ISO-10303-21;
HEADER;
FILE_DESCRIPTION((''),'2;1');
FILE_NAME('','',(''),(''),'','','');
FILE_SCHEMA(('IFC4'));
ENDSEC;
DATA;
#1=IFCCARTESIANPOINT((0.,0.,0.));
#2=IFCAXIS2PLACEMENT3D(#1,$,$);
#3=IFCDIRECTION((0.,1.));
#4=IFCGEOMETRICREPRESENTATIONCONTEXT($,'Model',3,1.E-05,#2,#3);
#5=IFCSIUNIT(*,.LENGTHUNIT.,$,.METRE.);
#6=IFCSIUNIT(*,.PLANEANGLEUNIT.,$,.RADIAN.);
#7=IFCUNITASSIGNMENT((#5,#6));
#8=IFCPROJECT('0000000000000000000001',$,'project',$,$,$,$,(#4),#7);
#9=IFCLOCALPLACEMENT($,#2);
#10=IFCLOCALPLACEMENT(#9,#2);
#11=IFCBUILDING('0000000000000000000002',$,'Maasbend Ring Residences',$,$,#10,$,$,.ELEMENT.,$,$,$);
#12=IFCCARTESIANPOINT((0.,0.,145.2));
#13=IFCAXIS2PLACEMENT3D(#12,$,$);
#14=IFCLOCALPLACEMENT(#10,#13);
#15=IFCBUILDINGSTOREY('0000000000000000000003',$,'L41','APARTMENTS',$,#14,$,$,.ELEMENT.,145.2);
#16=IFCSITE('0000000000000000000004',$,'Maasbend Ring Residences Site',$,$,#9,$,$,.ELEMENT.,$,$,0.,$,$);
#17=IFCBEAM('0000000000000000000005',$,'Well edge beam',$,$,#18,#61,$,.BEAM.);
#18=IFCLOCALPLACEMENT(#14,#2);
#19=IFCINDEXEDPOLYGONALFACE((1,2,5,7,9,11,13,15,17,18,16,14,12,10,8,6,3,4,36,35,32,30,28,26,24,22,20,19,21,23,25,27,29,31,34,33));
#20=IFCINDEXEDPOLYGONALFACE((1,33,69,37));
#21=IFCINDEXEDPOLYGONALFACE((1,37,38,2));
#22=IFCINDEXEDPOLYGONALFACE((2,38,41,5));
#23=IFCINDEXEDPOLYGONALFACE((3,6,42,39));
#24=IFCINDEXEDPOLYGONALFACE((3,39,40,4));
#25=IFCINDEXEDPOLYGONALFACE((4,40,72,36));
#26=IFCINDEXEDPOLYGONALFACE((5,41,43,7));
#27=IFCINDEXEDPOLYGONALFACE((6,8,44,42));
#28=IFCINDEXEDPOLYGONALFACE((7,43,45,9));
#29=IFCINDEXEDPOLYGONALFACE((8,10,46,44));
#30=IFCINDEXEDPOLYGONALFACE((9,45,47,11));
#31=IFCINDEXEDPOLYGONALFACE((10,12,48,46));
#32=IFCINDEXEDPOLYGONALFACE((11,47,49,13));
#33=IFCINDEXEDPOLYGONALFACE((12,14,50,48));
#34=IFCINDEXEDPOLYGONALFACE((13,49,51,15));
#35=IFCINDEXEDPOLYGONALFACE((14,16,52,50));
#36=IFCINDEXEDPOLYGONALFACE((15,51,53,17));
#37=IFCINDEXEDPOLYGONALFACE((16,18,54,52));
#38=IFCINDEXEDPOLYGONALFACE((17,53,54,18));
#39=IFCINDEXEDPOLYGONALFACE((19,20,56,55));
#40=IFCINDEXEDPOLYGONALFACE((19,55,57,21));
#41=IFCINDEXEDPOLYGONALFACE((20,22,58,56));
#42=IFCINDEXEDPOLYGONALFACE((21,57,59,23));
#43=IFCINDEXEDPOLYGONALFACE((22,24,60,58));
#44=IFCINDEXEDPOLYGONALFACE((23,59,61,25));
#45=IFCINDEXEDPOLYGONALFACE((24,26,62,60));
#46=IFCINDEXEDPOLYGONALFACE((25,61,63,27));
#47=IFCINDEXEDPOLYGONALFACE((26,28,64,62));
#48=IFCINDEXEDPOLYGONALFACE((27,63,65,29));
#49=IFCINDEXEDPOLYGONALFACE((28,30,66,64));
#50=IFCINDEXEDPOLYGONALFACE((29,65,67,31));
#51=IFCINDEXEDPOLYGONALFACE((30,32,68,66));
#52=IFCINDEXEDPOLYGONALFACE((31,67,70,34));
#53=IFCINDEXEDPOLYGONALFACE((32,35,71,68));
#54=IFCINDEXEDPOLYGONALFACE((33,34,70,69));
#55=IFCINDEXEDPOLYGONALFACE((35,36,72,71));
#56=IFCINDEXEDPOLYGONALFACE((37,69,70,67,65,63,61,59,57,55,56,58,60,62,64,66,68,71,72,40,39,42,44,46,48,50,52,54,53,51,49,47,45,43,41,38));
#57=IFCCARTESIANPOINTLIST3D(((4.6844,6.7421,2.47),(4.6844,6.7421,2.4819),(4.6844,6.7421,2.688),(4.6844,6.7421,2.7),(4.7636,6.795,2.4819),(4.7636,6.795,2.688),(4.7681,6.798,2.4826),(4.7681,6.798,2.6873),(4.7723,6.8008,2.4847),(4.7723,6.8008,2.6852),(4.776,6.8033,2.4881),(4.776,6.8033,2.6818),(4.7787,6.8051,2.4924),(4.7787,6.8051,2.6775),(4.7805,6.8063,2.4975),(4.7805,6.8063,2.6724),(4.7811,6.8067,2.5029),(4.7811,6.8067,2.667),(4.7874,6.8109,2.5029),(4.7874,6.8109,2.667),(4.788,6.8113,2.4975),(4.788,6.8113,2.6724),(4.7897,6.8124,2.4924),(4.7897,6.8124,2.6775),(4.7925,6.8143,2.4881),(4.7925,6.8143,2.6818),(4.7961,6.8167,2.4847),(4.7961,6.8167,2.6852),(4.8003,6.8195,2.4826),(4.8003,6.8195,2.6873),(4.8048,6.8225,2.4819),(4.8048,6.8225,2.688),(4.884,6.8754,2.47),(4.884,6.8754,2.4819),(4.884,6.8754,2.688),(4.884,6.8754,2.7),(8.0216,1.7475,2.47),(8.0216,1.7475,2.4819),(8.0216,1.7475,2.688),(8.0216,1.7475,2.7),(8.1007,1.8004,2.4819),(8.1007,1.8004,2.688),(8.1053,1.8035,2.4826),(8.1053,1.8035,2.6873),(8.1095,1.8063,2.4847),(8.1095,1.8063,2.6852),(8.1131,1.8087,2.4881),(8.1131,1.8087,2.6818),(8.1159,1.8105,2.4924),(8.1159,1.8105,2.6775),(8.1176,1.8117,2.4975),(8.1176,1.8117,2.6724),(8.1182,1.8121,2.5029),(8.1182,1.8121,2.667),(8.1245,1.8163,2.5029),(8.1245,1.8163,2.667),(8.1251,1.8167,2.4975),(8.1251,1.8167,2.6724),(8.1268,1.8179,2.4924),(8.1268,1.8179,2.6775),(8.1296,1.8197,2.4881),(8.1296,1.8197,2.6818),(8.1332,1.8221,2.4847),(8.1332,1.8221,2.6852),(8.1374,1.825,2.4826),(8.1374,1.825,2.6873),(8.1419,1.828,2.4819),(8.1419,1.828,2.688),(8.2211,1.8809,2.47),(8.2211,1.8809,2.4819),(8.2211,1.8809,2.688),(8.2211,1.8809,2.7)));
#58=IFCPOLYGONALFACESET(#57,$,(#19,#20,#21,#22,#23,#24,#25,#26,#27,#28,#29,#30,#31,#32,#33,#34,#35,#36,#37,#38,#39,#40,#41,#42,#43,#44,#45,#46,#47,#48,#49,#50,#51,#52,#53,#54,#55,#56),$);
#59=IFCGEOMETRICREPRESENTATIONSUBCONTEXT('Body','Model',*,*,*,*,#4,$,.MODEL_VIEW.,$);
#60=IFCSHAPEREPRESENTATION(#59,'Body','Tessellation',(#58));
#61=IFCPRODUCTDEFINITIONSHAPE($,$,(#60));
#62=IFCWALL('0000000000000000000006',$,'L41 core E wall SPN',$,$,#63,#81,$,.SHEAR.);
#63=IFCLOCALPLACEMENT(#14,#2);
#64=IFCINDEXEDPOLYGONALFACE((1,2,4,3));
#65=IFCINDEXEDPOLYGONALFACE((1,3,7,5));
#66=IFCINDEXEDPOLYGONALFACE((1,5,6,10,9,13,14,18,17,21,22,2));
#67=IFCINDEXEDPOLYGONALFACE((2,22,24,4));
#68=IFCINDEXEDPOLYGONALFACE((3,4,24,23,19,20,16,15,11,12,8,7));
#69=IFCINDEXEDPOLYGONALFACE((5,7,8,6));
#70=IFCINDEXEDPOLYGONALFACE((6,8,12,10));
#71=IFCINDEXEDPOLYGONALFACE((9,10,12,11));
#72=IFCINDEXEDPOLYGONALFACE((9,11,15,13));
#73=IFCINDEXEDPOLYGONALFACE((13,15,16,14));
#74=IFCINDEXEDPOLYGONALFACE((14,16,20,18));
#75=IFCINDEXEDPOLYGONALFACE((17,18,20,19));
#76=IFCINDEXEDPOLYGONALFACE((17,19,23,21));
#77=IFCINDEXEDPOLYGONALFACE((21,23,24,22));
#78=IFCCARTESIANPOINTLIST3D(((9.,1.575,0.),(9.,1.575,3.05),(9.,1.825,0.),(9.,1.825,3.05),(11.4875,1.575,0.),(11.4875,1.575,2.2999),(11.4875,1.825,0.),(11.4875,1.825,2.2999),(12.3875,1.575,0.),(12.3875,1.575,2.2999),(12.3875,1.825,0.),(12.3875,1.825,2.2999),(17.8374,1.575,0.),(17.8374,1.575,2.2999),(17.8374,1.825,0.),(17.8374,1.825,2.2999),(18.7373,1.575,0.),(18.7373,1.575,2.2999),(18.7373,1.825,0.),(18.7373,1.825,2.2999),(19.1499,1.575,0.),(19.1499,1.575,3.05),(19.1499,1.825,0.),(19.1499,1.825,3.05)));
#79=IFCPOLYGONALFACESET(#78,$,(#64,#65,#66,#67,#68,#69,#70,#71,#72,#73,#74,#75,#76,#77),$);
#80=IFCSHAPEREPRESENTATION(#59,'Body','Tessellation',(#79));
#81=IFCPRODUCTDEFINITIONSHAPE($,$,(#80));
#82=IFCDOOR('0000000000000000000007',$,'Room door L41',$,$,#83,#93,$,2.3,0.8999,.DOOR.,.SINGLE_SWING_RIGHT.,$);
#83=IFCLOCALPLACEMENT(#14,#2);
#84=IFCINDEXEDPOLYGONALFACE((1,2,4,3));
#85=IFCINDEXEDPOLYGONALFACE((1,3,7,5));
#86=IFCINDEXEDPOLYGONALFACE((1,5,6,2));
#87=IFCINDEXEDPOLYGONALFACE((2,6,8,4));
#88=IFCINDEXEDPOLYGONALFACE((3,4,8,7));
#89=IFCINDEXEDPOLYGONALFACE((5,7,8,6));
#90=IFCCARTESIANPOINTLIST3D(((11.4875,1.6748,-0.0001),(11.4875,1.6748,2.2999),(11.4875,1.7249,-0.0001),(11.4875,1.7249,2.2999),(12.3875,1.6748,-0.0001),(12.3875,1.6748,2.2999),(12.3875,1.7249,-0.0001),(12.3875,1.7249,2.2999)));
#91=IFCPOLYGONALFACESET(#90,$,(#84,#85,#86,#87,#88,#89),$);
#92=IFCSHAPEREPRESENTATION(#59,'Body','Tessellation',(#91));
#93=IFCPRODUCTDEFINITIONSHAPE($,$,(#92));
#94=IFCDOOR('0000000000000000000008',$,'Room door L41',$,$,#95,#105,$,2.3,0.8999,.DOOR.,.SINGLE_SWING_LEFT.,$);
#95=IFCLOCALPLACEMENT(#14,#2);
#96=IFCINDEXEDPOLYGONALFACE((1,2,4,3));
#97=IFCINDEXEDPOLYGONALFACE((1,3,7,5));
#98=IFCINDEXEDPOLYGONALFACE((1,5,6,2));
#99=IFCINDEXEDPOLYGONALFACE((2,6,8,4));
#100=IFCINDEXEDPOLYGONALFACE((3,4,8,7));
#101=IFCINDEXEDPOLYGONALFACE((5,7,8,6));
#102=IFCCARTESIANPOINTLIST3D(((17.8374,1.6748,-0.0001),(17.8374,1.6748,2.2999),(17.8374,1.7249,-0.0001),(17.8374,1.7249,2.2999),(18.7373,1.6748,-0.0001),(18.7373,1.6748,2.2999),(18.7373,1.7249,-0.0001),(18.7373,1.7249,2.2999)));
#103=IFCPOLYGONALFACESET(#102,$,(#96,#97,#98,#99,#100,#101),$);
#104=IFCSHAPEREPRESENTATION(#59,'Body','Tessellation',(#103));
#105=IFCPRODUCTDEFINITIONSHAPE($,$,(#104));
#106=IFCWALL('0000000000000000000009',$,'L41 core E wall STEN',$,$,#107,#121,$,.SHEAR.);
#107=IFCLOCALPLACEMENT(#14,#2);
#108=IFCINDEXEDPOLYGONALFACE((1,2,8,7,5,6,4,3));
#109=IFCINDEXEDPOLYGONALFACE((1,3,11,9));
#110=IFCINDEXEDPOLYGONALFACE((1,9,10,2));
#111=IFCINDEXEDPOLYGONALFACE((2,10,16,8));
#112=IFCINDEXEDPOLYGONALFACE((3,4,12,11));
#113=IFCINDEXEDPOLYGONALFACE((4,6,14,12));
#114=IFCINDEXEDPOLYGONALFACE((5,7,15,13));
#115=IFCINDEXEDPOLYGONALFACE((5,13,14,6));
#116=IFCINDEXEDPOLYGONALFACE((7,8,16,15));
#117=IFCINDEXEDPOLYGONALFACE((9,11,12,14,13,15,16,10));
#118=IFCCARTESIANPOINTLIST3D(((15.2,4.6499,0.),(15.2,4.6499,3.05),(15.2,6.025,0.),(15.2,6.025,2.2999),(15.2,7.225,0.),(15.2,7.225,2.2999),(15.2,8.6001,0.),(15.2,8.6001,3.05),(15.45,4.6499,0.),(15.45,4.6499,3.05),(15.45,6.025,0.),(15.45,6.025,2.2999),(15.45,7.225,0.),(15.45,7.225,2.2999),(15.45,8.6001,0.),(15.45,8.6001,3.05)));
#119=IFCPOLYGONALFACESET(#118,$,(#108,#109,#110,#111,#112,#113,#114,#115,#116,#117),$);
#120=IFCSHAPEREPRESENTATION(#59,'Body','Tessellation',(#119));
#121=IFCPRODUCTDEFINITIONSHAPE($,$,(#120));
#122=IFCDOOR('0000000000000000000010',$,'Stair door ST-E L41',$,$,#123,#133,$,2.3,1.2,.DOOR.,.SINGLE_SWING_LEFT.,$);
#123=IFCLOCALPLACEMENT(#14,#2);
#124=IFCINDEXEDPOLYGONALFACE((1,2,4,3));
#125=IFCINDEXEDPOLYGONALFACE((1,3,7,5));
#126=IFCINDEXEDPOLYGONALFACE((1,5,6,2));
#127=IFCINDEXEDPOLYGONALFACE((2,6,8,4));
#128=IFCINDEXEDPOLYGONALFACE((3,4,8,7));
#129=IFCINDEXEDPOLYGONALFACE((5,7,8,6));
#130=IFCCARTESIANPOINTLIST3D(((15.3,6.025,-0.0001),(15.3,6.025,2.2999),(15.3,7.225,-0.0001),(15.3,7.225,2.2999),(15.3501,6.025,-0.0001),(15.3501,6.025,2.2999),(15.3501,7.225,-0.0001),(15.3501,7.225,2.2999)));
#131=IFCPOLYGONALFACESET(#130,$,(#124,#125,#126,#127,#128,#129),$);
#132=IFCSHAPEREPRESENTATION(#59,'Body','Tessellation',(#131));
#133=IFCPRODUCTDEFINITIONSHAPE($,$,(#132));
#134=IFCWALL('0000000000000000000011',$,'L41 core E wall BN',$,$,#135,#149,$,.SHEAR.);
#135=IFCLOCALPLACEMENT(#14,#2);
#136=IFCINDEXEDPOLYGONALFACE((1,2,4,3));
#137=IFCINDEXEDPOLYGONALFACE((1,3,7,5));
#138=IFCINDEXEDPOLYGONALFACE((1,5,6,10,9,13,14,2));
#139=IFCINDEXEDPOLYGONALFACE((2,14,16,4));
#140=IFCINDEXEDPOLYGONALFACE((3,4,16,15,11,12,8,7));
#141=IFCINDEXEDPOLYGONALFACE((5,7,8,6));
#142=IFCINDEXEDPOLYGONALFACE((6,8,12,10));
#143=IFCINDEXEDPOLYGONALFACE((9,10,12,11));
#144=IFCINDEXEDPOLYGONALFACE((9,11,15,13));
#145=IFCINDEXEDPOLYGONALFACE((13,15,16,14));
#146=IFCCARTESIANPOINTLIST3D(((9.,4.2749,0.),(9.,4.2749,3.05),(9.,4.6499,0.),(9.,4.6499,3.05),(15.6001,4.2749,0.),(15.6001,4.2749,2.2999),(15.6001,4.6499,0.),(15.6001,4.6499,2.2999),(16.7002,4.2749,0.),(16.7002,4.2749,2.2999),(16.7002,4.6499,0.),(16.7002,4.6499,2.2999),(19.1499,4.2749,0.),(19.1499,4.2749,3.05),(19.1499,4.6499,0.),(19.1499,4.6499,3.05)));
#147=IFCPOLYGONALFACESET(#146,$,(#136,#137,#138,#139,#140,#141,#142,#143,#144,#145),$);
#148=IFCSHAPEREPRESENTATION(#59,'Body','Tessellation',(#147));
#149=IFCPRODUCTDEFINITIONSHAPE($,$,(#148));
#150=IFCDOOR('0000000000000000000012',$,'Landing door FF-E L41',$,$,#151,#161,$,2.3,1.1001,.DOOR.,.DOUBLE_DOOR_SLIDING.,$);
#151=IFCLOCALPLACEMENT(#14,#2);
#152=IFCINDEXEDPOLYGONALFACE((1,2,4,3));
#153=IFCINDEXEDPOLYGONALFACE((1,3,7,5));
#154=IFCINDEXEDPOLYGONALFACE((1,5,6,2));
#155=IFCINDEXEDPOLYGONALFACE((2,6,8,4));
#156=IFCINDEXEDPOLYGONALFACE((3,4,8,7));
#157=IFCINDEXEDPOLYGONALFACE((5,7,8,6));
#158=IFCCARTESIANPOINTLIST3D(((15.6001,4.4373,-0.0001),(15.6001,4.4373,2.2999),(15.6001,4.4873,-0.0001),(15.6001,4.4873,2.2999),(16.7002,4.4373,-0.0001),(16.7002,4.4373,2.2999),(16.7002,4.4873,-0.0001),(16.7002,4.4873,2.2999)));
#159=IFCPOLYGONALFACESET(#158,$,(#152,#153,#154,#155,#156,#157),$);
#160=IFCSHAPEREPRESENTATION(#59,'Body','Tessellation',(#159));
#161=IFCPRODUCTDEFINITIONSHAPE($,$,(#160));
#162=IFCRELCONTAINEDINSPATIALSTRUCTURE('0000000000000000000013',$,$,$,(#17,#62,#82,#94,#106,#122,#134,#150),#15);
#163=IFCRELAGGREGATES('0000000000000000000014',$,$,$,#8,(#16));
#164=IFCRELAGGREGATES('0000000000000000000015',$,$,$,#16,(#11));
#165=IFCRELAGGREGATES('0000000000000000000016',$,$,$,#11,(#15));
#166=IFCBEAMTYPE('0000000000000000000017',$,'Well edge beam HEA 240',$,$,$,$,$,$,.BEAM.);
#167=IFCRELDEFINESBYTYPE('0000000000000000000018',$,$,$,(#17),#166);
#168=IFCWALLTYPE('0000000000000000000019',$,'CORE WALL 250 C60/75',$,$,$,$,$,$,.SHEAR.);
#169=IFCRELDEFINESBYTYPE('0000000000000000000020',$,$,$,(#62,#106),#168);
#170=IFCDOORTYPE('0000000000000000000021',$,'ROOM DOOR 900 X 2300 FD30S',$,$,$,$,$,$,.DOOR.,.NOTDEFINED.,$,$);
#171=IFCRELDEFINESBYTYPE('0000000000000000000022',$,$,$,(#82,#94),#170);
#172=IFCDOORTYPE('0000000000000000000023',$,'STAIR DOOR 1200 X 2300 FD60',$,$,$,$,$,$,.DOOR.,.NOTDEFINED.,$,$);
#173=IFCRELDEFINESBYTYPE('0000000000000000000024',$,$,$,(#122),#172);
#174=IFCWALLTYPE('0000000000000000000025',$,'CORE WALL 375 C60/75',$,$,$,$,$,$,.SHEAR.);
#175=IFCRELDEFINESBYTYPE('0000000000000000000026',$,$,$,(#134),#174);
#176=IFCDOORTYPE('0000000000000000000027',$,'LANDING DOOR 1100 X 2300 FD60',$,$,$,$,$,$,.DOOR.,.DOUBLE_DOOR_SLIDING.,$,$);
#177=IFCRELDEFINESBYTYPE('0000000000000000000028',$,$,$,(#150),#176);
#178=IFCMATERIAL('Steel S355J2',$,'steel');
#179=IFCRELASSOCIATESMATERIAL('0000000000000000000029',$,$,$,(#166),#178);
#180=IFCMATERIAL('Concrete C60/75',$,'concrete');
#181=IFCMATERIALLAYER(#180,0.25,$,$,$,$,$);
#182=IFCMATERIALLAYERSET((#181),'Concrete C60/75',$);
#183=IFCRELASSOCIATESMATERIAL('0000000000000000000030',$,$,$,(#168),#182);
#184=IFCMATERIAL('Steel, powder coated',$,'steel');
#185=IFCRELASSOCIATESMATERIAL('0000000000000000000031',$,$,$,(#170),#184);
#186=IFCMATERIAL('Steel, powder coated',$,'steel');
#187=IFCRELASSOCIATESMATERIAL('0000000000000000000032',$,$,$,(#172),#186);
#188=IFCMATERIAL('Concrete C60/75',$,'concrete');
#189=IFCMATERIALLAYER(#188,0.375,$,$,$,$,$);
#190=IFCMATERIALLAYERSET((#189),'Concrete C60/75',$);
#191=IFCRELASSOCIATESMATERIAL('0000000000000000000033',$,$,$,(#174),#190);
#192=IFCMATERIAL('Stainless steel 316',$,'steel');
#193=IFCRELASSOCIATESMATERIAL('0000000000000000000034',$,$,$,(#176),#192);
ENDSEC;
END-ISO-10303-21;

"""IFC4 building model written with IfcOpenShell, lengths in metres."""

from ifc_helpers import new_model, si_unit, direction, frame, frame_2d, origin, origin_2d, place, context, subcontext, project, spatial, rectangle, i_section, extrude, material, layer, layer_set, material_profile, profile_set, type_object, element, fill, save


model = new_model("IFC4")

# Units and contexts
model_context = context("Model", 3, precision=1e-05, world=origin(), true_north=direction((0.0, 1.0)))
body_context = subcontext(model_context, "Body", "Model", "MODEL_VIEW")
ifc_project = project(units=[si_unit("LENGTHUNIT", "METRE"), si_unit("PLANEANGLEUNIT", "RADIAN")], contexts=[model_context])

# Site, building, storey
site_placement = place(None, origin())
site = spatial("IfcSite", under=ifc_project, at=site_placement, Name="Maasbend Ring Residences Site", CompositionType="ELEMENT", RefElevation=0.0)
building_placement = place(site_placement, origin())
building = spatial("IfcBuilding", under=site, at=building_placement, Name="Maasbend Ring Residences", CompositionType="ELEMENT")
storey_placement = place(building_placement, frame((0.0, 0.0, 145.2)))
storey = spatial("IfcBuildingStorey", under=building, at=storey_placement, Name="L41", Description="APARTMENTS", CompositionType="ELEMENT", Elevation=145.2)

# Beam
ifc_material_1 = material(Name="Steel S355J2", Category="steel")
ifc_material_profile_1 = material_profile(ifc_material_1, i_section(OverallWidth=0.24, OverallDepth=0.23, WebThickness=0.0076, FlangeThickness=0.012, FilletRadius=0.021, at=origin_2d()), Name="HEA 240")
ifc_profile_set_1 = profile_set([ifc_material_profile_1], Name="Steel S355J2")
beam_type_1 = type_object("IfcBeamType", Name="Well edge beam HEA 240", PredefinedType="BEAM", material=ifc_profile_set_1)
beam_1_placement = place(storey_placement, frame((8.1213, 1.8142, 2.585), z_axis=(-0.555553, 0.831481, 0.0), x_axis=(-0.831481, -0.555553, 0.0)))
element("IfcBeam", 1, at=beam_1_placement, inside=storey, type_object=beam_type_1, Name="Well edge beam", PredefinedType="BEAM", context=body_context, shape_type="SweptSolid", body=[
    extrude(i_section(OverallWidth=0.24, OverallDepth=0.23, WebThickness=0.0076, FlangeThickness=0.012, FilletRadius=0.021, at=origin_2d()), origin(), (0.0, 0.0, 1.0), 6.0068),
])

# Wall, openings, doors
ifc_material_2 = material(Name="Concrete C60/75", Category="concrete")
ifc_layer_1 = layer(ifc_material_2, 0.25)
ifc_layer_set_1 = layer_set([ifc_layer_1], Name="Concrete C60/75")
wall_type_1 = type_object("IfcWallType", Name="CORE WALL 250 C60/75", PredefinedType="SHEAR", material=ifc_layer_set_1)
wall_1_placement = place(storey_placement, frame((9.0, 1.7, 0.0), z_axis=(0.0, 0.0, 1.0), x_axis=(1.0, 0.0, 0.0)))
wall_1 = element("IfcWall", 2, at=wall_1_placement, inside=storey, type_object=wall_type_1, Name="L41 core E wall SPN", PredefinedType="SHEAR", context=body_context, shape_type="SweptSolid", body=[
    extrude(rectangle(XDim=10.1499, YDim=0.25, at=frame_2d((5.075, 0.0))), origin(), (0.0, 0.0, 1.0), 3.05),
])
opening_1_placement = place(wall_1_placement, frame((2.4875, 0.0, 0.0)))
opening_1 = element("IfcOpeningElement", 3, at=opening_1_placement, cuts=wall_1, PredefinedType="OPENING", context=body_context, shape_type="SweptSolid", body=[
    extrude(rectangle(XDim=0.8999, YDim=2.3, at=frame_2d((0.45, 1.1499))), frame((0.0, 0.135, 0.0), z_axis=(0.0, -1.0, 0.0), x_axis=(1.0, 0.0, 0.0)), (0.0, 0.0, 1.0), 0.27),
])
opening_2_placement = place(wall_1_placement, frame((8.8374, 0.0, 0.0)))
opening_2 = element("IfcOpeningElement", 4, at=opening_2_placement, cuts=wall_1, PredefinedType="OPENING", context=body_context, shape_type="SweptSolid", body=[
    extrude(rectangle(XDim=0.8999, YDim=2.3, at=frame_2d((0.45, 1.1499))), frame((0.0, 0.135, 0.0), z_axis=(0.0, -1.0, 0.0), x_axis=(1.0, 0.0, 0.0)), (0.0, 0.0, 1.0), 0.27),
])
ifc_material_3 = material(Name="Steel, powder coated", Category="steel")
door_type_1 = type_object("IfcDoorType", Name="ROOM DOOR 900 X 2300 FD30S", OperationType="NOTDEFINED", PredefinedType="DOOR", material=ifc_material_3)
door_1_placement = place(opening_1_placement, origin())
door_1 = element("IfcDoor", 5, at=door_1_placement, inside=storey, type_object=door_type_1, Name="Room door L41", OperationType="SINGLE_SWING_RIGHT", OverallHeight=2.3, OverallWidth=0.8999, PredefinedType="DOOR", context=body_context, shape_type="SweptSolid", body=[
    extrude(rectangle(XDim=0.8999, YDim=2.3, at=frame_2d((0.45, 1.1499))), frame((0.0, 0.0249, 0.0), z_axis=(0.0, -1.0, 0.0), x_axis=(1.0, 0.0, 0.0)), (0.0, 0.0, 1.0), 0.05),
])
fill(opening_1, door_1)
door_2_placement = place(opening_2_placement, origin())
door_2 = element("IfcDoor", 6, at=door_2_placement, inside=storey, type_object=door_type_1, Name="Room door L41", OperationType="SINGLE_SWING_LEFT", OverallHeight=2.3, OverallWidth=0.8999, PredefinedType="DOOR", context=body_context, shape_type="SweptSolid", body=[
    extrude(rectangle(XDim=0.8999, YDim=2.3, at=frame_2d((0.45, 1.1499))), frame((0.0, 0.0249, 0.0), z_axis=(0.0, -1.0, 0.0), x_axis=(1.0, 0.0, 0.0)), (0.0, 0.0, 1.0), 0.05),
])
fill(opening_2, door_2)

# Walls, openings, doors
wall_2_placement = place(storey_placement, frame((15.325, 4.6499, 0.0), z_axis=(0.0, 0.0, 1.0), x_axis=(0.0, 1.0, 0.0)))
wall_2 = element("IfcWall", 7, at=wall_2_placement, inside=storey, type_object=wall_type_1, Name="L41 core E wall STEN", PredefinedType="SHEAR", context=body_context, shape_type="SweptSolid", body=[
    extrude(rectangle(XDim=3.9502, YDim=0.25, at=frame_2d((1.9751, 0.0))), origin(), (0.0, 0.0, 1.0), 3.05),
])
opening_3_placement = place(wall_2_placement, frame((1.375, 0.0, 0.0)))
opening_3 = element("IfcOpeningElement", 8, at=opening_3_placement, cuts=wall_2, PredefinedType="OPENING", context=body_context, shape_type="SweptSolid", body=[
    extrude(rectangle(XDim=1.2, YDim=2.3, at=frame_2d((0.6001, 1.1499))), frame((0.0, 0.135, 0.0), z_axis=(0.0, -1.0, 0.0), x_axis=(1.0, 0.0, 0.0)), (0.0, 0.0, 1.0), 0.27),
])
ifc_material_4 = material(Name="Steel, powder coated", Category="steel")
door_type_2 = type_object("IfcDoorType", Name="STAIR DOOR 1200 X 2300 FD60", OperationType="NOTDEFINED", PredefinedType="DOOR", material=ifc_material_4)
door_3_placement = place(opening_3_placement, origin())
door_3 = element("IfcDoor", 9, at=door_3_placement, inside=storey, type_object=door_type_2, Name="Stair door ST-E L41", OperationType="SINGLE_SWING_LEFT", OverallHeight=2.3, OverallWidth=1.2, PredefinedType="DOOR", context=body_context, shape_type="SweptSolid", body=[
    extrude(rectangle(XDim=1.2, YDim=2.3, at=frame_2d((0.6001, 1.1499))), frame((0.0, 0.0249, 0.0), z_axis=(0.0, -1.0, 0.0), x_axis=(1.0, 0.0, 0.0)), (0.0, 0.0, 1.0), 0.05),
])
fill(opening_3, door_3)
ifc_material_5 = material(Name="Concrete C60/75", Category="concrete")
ifc_layer_2 = layer(ifc_material_5, 0.375)
ifc_layer_set_2 = layer_set([ifc_layer_2], Name="Concrete C60/75")
wall_type_2 = type_object("IfcWallType", Name="CORE WALL 375 C60/75", PredefinedType="SHEAR", material=ifc_layer_set_2)
wall_3_placement = place(storey_placement, frame((9.0, 4.4624, 0.0), z_axis=(0.0, 0.0, 1.0), x_axis=(1.0, 0.0, 0.0)))
wall_3 = element("IfcWall", 10, at=wall_3_placement, inside=storey, type_object=wall_type_2, Name="L41 core E wall BN", PredefinedType="SHEAR", context=body_context, shape_type="SweptSolid", body=[
    extrude(rectangle(XDim=10.1499, YDim=0.375, at=frame_2d((5.075, 0.0))), origin(), (0.0, 0.0, 1.0), 3.05),
])
opening_4_placement = place(wall_3_placement, frame((6.6001, 0.0, 0.0)))
opening_4 = element("IfcOpeningElement", 11, at=opening_4_placement, cuts=wall_3, PredefinedType="OPENING", context=body_context, shape_type="SweptSolid", body=[
    extrude(rectangle(XDim=1.1001, YDim=2.3, at=frame_2d((0.55, 1.1499))), frame((0.0, 0.1975, 0.0), z_axis=(0.0, -1.0, 0.0), x_axis=(1.0, 0.0, 0.0)), (0.0, 0.0, 1.0), 0.395),
])
ifc_material_6 = material(Name="Stainless steel 316", Category="steel")
door_type_3 = type_object("IfcDoorType", Name="LANDING DOOR 1100 X 2300 FD60", OperationType="DOUBLE_DOOR_SLIDING", PredefinedType="DOOR", material=ifc_material_6)
door_4_placement = place(opening_4_placement, origin())
door_4 = element("IfcDoor", 12, at=door_4_placement, inside=storey, type_object=door_type_3, Name="Landing door FF-E L41", OperationType="DOUBLE_DOOR_SLIDING", OverallHeight=2.3, OverallWidth=1.1001, PredefinedType="DOOR", context=body_context, shape_type="SweptSolid", body=[
    extrude(rectangle(XDim=1.1001, YDim=2.3, at=frame_2d((0.55, 1.1499))), frame((0.0, 0.0249, 0.0), z_axis=(0.0, -1.0, 0.0), x_axis=(1.0, 0.0, 0.0)), (0.0, 0.0, 1.0), 0.05),
])
fill(opening_4, door_4)

save(model, "model.ifc")
